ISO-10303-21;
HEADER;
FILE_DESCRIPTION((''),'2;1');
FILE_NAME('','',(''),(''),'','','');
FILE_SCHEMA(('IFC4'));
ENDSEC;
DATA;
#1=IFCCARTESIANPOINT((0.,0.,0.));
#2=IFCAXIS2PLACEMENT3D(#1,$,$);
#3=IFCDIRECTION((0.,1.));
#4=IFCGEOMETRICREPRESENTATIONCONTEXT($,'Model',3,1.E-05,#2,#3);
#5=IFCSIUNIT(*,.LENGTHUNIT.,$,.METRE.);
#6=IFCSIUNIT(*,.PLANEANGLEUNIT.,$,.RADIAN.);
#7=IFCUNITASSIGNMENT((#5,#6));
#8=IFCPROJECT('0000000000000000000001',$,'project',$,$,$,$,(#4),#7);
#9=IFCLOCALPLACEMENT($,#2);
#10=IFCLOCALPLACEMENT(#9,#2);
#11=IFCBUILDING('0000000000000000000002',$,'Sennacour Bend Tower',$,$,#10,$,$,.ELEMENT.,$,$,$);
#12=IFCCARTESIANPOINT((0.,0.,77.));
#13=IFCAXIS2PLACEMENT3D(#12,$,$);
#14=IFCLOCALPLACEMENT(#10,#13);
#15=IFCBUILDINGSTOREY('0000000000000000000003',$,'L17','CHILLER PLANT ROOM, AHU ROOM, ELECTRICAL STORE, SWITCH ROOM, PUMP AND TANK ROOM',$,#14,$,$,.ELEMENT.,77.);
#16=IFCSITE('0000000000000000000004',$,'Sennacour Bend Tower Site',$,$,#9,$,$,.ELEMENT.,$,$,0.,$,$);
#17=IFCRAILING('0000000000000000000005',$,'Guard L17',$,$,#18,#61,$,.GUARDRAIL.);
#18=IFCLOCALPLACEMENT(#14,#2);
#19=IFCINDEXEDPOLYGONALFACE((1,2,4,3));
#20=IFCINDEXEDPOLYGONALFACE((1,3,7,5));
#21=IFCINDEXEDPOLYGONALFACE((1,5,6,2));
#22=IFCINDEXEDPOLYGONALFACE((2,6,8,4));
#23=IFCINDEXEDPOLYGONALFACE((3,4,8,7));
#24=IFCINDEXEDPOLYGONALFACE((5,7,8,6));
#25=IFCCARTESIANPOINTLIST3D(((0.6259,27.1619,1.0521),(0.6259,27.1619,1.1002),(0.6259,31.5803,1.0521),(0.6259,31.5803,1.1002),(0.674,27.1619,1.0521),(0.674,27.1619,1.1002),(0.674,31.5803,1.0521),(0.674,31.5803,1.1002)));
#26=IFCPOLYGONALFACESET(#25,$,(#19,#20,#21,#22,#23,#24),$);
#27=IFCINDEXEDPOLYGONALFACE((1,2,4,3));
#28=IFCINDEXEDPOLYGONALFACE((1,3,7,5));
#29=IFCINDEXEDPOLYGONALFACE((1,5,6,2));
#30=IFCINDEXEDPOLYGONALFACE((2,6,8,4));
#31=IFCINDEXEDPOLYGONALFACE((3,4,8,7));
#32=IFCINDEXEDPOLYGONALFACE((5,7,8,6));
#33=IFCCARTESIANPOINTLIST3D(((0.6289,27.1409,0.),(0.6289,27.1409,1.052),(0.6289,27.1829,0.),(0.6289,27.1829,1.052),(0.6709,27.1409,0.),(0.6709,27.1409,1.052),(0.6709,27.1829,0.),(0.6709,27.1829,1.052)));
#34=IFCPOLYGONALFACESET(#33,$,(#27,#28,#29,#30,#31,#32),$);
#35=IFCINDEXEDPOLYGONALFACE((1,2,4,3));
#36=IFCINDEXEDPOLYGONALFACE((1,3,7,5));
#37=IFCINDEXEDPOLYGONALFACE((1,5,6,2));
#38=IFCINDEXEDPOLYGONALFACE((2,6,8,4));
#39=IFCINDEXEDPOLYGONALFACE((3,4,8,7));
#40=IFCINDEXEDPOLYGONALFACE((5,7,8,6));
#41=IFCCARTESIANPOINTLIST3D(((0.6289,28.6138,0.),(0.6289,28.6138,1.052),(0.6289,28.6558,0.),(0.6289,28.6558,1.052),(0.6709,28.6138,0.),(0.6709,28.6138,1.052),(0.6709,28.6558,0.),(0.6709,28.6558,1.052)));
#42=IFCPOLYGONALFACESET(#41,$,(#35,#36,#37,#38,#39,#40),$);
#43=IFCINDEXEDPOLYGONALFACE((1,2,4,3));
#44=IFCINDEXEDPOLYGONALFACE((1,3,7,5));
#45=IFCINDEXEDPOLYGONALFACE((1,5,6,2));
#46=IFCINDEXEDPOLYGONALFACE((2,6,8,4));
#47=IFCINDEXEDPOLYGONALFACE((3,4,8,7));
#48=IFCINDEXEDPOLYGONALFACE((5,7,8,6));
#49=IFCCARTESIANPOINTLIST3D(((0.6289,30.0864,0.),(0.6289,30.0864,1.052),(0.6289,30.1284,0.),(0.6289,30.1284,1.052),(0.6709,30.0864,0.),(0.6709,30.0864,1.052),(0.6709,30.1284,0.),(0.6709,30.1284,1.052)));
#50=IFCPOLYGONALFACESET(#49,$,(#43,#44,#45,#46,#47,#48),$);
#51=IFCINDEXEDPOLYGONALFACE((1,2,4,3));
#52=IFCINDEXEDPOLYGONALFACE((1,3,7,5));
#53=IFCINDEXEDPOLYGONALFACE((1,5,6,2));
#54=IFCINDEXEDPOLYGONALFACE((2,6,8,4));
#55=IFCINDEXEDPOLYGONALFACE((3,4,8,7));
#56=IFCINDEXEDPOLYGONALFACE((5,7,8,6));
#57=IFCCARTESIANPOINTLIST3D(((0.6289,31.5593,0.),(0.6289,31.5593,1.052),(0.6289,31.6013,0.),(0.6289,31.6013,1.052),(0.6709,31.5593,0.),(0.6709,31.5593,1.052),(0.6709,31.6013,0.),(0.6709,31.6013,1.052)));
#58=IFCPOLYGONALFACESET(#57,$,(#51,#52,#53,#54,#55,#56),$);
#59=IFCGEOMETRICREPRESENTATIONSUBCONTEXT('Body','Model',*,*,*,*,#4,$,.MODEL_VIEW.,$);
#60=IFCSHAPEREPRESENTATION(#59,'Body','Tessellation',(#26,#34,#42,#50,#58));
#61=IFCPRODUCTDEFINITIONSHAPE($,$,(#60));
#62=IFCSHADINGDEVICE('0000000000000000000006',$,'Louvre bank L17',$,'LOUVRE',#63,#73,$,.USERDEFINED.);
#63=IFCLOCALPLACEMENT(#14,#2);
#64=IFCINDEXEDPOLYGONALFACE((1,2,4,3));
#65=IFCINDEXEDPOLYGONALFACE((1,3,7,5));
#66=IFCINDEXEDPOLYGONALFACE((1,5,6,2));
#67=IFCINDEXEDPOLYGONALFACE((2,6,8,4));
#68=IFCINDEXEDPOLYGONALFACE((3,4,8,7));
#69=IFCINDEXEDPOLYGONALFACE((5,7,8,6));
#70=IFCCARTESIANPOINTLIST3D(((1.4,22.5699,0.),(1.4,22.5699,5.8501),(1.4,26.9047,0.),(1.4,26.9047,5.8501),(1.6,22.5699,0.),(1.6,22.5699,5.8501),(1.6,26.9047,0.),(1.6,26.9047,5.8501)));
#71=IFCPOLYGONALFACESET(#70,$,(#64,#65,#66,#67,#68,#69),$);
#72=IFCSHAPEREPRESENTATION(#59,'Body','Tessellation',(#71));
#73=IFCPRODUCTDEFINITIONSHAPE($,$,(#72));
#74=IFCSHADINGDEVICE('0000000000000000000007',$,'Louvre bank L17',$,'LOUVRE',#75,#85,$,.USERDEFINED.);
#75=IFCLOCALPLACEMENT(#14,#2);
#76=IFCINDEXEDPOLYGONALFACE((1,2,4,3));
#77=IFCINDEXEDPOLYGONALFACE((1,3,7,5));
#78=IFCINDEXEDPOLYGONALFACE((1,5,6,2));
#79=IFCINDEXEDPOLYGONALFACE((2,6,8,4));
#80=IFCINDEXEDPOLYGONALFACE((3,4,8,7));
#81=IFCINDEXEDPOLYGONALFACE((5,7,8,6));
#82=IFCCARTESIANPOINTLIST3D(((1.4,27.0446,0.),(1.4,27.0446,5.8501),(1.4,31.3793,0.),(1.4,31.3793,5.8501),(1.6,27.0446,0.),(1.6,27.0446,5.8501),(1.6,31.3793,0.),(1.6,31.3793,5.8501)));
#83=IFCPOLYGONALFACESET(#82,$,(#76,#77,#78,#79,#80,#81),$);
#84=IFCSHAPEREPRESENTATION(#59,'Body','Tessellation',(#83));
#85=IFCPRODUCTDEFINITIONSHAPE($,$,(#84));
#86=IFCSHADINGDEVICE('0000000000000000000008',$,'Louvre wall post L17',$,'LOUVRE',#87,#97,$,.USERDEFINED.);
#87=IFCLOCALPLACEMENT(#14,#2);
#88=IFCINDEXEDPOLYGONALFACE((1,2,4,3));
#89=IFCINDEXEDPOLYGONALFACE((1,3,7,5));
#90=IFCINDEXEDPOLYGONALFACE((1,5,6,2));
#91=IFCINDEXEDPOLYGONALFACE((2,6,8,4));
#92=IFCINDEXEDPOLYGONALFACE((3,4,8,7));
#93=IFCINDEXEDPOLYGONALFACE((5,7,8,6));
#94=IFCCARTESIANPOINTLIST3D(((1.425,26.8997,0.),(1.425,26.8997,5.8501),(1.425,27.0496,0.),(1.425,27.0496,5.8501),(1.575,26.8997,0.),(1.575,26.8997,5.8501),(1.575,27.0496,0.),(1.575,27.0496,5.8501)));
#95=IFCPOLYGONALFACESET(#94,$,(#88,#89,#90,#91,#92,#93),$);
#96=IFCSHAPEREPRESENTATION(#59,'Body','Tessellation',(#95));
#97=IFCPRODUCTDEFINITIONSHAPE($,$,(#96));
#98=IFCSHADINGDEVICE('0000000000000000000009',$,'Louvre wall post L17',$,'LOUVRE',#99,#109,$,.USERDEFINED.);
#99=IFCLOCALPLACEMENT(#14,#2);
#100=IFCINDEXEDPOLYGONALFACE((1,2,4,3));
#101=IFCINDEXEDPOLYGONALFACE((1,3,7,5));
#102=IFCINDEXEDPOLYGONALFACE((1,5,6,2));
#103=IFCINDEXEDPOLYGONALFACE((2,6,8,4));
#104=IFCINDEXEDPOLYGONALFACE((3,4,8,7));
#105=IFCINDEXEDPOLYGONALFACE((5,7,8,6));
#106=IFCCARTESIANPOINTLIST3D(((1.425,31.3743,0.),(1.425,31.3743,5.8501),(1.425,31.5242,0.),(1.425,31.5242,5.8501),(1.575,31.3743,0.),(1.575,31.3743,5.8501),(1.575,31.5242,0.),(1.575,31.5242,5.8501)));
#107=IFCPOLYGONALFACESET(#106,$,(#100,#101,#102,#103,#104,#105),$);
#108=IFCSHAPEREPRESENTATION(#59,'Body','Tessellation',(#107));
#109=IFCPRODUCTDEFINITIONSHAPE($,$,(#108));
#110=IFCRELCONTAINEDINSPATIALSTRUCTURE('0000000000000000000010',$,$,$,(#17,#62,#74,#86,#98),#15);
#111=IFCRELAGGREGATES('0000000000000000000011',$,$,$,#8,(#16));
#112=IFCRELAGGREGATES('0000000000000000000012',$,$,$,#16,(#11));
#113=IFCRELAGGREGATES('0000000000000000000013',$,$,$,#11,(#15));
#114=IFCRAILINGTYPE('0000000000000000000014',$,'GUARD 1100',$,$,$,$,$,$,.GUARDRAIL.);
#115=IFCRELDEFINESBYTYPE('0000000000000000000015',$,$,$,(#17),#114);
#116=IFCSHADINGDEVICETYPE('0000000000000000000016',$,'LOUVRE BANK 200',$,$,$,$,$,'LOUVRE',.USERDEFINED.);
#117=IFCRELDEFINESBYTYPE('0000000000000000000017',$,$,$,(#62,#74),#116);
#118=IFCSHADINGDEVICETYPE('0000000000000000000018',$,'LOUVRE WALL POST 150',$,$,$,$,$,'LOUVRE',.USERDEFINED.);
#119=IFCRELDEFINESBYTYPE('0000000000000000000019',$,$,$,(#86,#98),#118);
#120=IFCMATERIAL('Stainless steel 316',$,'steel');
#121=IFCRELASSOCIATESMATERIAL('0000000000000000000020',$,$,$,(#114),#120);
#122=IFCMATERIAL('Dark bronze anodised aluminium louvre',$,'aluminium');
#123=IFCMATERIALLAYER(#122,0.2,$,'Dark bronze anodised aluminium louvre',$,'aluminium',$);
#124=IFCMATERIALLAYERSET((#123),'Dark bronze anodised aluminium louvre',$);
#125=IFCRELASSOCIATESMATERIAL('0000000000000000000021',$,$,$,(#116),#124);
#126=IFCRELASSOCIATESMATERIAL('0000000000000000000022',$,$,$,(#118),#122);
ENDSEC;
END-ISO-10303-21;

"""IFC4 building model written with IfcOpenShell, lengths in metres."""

from ifc_helpers import new_model, si_unit, direction, frame, origin, origin_2d, place, context, subcontext, project, spatial, rectangle, extrude, material, layer, layer_set, type_object, element, save


model = new_model("IFC4")

# Units and contexts
model_context = context("Model", 3, precision=1e-05, world=origin(), true_north=direction((0.0, 1.0)))
body_context = subcontext(model_context, "Body", "Model", "MODEL_VIEW")
ifc_project = project(units=[si_unit("LENGTHUNIT", "METRE"), si_unit("PLANEANGLEUNIT", "RADIAN")], contexts=[model_context])

# Site, building, storey
site_placement = place(None, origin())
site = spatial("IfcSite", under=ifc_project, at=site_placement, Name="Sennacour Bend Tower Site", CompositionType="ELEMENT", RefElevation=0.0)
building_placement = place(site_placement, origin())
building = spatial("IfcBuilding", under=site, at=building_placement, Name="Sennacour Bend Tower", CompositionType="ELEMENT")
storey_placement = place(building_placement, frame((0.0, 0.0, 77.0)))
storey = spatial("IfcBuildingStorey", under=building, at=storey_placement, Name="L17", Description="CHILLER PLANT ROOM, AHU ROOM, ELECTRICAL STORE, SWITCH ROOM, PUMP AND TANK ROOM", CompositionType="ELEMENT", Elevation=77.0)

# Railing
ifc_material_1 = material(Name="Stainless steel 316", Category="steel")
railing_type = type_object("IfcRailingType", Name="GUARD 1100", PredefinedType="GUARDRAIL", material=ifc_material_1)
railing_1_placement = place(storey_placement, frame((0.6499, 27.1619, 0.0)))
element("IfcRailing", 1, at=railing_1_placement, inside=storey, type_object=railing_type, Name="Guard L17", PredefinedType="GUARDRAIL", context=body_context, shape_type="SweptSolid", body=[
    extrude(rectangle(XDim=0.0481, YDim=0.0481, at=origin_2d()), frame((0.0, 0.0, 1.0762), z_axis=(0.0, 1.0, 0.0), x_axis=(-1.0, 0.0, 0.0)), (0.0, 0.0, 1.0), 4.4185),
    extrude(rectangle(XDim=0.042, YDim=0.042, at=origin_2d()), origin(), (0.0, 0.0, 1.0), 1.052),
    extrude(rectangle(XDim=0.042, YDim=0.042, at=origin_2d()), frame((0.0, 1.4729, 0.0)), (0.0, 0.0, 1.0), 1.052),
    extrude(rectangle(XDim=0.042, YDim=0.042, at=origin_2d()), frame((0.0, 2.9456, 0.0)), (0.0, 0.0, 1.0), 1.052),
    extrude(rectangle(XDim=0.042, YDim=0.042, at=origin_2d()), frame((0.0, 4.4185, 0.0)), (0.0, 0.0, 1.0), 1.052),
])

# Shading devices
ifc_material_2 = material(Name="Dark bronze anodised aluminium louvre", Category="aluminium")
ifc_layer_1 = layer(ifc_material_2, 0.2, Name="Dark bronze anodised aluminium louvre", Category="aluminium")
ifc_layer_set_1 = layer_set([ifc_layer_1], Name="Dark bronze anodised aluminium louvre")
shading_device_type_1 = type_object("IfcShadingDeviceType", Name="LOUVRE BANK 200", ElementType="LOUVRE", PredefinedType="USERDEFINED", material=ifc_layer_set_1)
for number, where, z_axis, x_axis, name in (
    (2, (1.5, 24.7373, 0.0), (0.0, 0.0, 1.0), (0.0, 1.0, 0.0), "Louvre bank L17"),
    (3, (1.5, 29.2119, 0.0), (0.0, 0.0, 1.0), (0.0, 1.0, 0.0), "Louvre bank L17"),
):
    element("IfcShadingDevice", number, at=place(storey_placement, frame(where, z_axis=z_axis, x_axis=x_axis)), inside=storey, type_object=shading_device_type_1, Name=name, ObjectType="LOUVRE", PredefinedType="USERDEFINED", context=body_context, shape_type="SweptSolid", body=[
        extrude(rectangle(XDim=4.3347, YDim=0.2, at=origin_2d()), origin(), (0.0, 0.0, 1.0), 5.8501),
    ])
shading_device_type_2 = type_object("IfcShadingDeviceType", Name="LOUVRE WALL POST 150", ElementType="LOUVRE", PredefinedType="USERDEFINED", material=ifc_material_2)
for number, where, z_axis, x_axis, name in (
    (4, (1.5, 26.9746, 0.0), (0.0, 0.0, 1.0), (1.0, 0.0, 0.0), "Louvre wall post L17"),
    (5, (1.5, 31.4492, 0.0), (0.0, 0.0, 1.0), (1.0, 0.0, 0.0), "Louvre wall post L17"),
):
    element("IfcShadingDevice", number, at=place(storey_placement, frame(where, z_axis=z_axis, x_axis=x_axis)), inside=storey, type_object=shading_device_type_2, Name=name, ObjectType="LOUVRE", PredefinedType="USERDEFINED", context=body_context, shape_type="SweptSolid", body=[
        extrude(rectangle(XDim=0.1499, YDim=0.1499, at=origin_2d()), origin(), (0.0, 0.0, 1.0), 5.8501),
    ])

save(model, "model.ifc")
